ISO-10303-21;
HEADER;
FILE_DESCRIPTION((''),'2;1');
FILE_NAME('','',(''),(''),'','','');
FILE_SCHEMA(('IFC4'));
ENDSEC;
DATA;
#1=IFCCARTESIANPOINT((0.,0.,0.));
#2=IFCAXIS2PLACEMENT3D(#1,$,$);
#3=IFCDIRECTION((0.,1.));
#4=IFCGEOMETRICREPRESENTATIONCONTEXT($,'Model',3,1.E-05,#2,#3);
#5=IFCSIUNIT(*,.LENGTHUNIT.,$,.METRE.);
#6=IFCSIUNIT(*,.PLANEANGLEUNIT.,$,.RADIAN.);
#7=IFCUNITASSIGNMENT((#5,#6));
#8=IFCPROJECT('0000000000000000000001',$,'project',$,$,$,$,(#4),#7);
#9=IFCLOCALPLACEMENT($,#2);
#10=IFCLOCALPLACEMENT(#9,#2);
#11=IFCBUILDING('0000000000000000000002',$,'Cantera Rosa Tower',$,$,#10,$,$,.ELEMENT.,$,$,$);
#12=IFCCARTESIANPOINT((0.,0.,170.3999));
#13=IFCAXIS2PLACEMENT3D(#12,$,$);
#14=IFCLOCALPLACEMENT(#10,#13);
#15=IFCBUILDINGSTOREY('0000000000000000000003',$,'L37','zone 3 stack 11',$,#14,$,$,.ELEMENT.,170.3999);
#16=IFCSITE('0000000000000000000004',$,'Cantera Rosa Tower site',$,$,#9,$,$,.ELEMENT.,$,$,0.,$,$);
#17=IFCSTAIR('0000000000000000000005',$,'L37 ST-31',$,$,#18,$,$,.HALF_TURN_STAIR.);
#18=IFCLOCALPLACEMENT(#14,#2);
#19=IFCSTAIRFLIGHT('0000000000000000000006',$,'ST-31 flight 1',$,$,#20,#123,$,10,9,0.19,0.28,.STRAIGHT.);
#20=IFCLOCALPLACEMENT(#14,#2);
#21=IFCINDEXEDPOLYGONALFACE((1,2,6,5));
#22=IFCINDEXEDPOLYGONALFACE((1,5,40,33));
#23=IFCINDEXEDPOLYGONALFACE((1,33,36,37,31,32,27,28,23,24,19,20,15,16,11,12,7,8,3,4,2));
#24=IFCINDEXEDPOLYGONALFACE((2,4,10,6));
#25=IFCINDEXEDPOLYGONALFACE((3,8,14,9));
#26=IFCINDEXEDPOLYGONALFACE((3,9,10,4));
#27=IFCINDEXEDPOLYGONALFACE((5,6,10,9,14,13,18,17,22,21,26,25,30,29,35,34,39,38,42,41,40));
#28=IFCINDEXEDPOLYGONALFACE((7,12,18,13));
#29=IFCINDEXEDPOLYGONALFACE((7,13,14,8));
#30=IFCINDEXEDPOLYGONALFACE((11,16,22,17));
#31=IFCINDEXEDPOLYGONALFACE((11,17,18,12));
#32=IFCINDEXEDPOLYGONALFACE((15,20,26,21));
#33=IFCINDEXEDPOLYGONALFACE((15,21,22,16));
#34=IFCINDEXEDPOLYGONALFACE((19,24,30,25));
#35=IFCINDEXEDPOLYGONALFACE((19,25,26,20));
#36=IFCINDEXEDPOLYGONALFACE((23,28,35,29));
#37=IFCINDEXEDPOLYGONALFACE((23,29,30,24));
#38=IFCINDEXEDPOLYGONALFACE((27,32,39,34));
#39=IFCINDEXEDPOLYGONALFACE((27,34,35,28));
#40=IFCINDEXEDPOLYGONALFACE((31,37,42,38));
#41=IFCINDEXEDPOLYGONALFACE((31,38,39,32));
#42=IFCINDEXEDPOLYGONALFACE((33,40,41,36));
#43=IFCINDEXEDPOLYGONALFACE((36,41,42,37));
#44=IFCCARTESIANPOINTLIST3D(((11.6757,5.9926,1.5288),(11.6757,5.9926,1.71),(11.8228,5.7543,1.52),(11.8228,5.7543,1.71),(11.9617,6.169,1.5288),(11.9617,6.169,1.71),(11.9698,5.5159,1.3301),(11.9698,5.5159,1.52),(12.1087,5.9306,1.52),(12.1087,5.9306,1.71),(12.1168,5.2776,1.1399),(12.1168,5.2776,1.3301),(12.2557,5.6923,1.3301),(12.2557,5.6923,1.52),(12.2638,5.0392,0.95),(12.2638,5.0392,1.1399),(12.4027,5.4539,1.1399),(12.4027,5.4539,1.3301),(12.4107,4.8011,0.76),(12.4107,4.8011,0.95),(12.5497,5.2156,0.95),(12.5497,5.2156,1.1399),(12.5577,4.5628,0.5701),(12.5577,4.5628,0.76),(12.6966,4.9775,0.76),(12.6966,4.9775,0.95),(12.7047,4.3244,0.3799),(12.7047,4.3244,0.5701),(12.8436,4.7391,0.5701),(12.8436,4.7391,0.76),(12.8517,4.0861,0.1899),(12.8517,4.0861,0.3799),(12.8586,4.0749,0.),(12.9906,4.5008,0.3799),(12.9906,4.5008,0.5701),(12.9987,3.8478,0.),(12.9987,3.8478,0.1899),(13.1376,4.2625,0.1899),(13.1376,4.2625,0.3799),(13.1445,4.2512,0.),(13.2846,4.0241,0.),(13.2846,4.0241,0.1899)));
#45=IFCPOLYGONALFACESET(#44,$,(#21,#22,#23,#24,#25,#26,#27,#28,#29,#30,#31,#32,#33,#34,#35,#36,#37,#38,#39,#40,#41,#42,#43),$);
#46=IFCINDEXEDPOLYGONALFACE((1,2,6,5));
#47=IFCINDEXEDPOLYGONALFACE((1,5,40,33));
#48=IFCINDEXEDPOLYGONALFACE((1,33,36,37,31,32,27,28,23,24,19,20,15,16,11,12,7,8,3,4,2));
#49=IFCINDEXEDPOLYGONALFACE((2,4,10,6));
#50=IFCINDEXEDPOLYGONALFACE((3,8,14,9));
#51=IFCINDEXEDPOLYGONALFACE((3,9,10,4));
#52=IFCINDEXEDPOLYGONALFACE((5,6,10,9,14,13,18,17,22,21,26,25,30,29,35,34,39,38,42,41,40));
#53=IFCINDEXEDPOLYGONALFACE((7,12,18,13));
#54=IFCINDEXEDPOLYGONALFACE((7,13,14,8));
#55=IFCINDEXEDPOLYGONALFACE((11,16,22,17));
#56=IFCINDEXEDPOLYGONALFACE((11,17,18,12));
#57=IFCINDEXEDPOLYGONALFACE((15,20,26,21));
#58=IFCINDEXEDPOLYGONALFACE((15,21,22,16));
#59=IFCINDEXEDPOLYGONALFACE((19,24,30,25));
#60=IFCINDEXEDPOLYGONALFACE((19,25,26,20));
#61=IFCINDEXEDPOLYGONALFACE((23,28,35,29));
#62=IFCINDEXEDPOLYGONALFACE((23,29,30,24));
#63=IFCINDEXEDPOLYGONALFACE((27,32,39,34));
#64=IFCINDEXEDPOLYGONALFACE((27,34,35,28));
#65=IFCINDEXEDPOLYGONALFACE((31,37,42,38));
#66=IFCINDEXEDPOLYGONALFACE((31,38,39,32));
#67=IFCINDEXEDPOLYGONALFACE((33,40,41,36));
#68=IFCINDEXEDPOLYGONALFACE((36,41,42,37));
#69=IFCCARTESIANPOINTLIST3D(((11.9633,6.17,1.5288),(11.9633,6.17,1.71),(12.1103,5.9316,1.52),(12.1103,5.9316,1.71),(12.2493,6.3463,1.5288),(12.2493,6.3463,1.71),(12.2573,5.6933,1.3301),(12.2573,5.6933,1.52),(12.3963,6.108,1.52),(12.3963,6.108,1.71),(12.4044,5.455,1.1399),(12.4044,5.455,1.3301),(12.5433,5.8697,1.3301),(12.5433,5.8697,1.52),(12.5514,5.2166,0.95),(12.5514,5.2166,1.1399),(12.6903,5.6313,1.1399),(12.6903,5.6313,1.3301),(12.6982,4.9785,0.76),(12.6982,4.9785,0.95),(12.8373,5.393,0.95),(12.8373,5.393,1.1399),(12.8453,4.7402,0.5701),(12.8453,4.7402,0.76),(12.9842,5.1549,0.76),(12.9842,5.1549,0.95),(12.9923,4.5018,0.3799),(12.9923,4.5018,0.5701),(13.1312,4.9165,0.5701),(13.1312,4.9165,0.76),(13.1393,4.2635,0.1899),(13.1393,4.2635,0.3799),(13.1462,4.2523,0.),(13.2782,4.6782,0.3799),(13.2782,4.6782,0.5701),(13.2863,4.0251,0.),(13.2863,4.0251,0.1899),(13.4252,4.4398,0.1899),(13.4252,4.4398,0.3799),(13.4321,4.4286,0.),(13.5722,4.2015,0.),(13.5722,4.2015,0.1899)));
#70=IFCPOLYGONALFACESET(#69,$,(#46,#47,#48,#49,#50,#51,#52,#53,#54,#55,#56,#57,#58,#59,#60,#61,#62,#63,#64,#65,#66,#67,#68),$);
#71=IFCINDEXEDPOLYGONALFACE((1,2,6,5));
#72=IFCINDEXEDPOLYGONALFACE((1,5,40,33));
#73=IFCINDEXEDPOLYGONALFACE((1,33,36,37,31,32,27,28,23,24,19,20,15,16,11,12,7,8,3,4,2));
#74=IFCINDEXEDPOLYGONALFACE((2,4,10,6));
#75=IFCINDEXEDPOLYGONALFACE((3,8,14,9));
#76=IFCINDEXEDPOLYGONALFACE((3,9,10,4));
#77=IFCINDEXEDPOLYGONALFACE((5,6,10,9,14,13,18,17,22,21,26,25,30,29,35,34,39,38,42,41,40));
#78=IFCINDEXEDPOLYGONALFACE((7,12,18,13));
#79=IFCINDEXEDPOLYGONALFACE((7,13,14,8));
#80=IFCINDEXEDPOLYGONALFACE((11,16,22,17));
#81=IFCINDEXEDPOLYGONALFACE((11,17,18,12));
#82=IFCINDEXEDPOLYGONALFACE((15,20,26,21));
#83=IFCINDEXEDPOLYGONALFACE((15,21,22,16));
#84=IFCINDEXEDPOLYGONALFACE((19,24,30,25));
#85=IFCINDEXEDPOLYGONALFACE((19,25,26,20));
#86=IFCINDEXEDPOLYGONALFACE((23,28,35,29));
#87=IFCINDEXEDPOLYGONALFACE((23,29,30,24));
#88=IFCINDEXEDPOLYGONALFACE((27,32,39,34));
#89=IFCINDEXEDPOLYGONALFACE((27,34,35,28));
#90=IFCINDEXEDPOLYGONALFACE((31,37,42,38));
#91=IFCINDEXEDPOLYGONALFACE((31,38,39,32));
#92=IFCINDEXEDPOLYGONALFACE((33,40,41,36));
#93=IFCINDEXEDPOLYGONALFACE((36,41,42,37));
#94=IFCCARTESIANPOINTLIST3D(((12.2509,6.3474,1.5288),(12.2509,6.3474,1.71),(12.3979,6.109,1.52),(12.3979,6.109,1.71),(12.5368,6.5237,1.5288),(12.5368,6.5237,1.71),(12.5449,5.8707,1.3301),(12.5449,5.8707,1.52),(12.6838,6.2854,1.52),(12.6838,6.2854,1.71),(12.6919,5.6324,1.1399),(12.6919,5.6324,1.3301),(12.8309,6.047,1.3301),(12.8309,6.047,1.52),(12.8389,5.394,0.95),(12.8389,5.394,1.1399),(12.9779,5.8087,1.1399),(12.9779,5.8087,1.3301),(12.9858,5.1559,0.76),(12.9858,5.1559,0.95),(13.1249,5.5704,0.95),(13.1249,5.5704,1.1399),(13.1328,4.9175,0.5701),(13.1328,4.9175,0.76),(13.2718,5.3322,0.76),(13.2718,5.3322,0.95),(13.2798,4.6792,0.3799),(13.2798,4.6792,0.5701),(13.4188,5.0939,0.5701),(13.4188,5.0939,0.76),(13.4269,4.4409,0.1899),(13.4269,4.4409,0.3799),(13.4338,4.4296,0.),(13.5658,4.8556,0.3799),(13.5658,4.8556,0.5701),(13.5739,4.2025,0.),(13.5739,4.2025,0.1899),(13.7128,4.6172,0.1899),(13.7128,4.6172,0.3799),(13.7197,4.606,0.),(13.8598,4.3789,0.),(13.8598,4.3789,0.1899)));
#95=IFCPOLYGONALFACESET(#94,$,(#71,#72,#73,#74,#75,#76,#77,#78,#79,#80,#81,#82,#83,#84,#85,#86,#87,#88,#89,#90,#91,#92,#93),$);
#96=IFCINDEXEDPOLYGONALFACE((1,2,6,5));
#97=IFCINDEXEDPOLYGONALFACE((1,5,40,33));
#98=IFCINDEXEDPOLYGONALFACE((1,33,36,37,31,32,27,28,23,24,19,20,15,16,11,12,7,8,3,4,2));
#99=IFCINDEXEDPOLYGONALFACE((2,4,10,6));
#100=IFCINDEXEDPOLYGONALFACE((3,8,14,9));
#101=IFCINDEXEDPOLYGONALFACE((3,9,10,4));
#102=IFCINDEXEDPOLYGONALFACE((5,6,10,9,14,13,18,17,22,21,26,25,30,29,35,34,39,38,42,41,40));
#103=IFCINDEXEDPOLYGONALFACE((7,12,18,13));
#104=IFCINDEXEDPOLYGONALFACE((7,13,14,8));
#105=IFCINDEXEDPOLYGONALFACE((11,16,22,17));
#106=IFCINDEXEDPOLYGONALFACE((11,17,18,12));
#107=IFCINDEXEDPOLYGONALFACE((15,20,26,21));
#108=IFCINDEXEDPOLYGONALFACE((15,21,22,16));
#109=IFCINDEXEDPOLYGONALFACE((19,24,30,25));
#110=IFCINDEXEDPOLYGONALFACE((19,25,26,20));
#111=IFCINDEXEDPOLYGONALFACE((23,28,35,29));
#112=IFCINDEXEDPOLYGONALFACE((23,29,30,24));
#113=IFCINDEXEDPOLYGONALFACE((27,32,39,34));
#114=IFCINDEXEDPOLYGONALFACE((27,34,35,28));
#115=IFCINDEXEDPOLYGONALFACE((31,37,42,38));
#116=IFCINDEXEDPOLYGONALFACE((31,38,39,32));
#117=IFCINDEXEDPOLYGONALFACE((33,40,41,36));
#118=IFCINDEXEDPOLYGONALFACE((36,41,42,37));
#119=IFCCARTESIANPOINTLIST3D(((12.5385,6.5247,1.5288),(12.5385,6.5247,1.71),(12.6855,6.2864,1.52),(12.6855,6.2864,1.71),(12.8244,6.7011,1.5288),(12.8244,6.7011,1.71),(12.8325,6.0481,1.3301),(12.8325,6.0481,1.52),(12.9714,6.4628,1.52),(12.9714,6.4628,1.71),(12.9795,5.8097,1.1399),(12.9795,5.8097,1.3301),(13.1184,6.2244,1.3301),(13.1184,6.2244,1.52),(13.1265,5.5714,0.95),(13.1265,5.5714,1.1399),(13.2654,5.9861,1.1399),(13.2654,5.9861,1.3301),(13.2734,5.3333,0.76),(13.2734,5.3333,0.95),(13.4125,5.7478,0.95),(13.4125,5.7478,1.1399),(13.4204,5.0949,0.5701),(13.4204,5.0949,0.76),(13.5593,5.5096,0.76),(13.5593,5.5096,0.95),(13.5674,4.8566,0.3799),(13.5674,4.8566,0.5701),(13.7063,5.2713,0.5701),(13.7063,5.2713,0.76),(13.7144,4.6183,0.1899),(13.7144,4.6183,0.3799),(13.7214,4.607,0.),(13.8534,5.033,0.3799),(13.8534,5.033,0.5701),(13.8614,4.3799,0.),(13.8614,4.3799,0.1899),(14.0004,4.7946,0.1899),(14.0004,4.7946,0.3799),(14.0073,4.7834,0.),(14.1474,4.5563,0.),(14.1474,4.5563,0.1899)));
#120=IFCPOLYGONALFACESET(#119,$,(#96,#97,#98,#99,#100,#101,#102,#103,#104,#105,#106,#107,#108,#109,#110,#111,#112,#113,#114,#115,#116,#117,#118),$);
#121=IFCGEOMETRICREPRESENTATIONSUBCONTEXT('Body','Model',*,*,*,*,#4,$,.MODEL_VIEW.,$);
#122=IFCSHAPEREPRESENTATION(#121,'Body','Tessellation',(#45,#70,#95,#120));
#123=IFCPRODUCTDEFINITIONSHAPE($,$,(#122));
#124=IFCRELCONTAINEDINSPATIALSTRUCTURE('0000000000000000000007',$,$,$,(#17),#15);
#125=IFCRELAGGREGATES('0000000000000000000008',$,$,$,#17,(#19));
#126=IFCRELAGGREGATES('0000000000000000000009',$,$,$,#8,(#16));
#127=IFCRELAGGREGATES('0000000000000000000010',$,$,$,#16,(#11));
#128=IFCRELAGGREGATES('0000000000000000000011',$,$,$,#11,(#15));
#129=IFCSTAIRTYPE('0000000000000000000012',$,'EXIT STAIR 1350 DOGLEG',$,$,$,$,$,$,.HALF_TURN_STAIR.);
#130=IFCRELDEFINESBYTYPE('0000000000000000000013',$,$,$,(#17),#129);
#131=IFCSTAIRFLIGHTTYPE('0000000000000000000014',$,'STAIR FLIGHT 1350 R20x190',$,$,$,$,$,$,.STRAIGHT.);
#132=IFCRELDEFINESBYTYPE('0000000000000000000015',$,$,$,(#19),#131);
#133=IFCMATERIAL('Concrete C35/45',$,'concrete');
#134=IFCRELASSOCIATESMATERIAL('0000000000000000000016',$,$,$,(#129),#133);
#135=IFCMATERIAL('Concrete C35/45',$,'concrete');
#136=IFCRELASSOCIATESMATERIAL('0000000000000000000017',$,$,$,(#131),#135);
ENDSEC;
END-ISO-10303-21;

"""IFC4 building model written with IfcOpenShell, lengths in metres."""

from ifc_helpers import new_model, si_unit, direction, frame, origin, place, context, subcontext, project, spatial, polyline, outline, extrude, material, type_object, element, aggregate, save


model = new_model("IFC4")

# Units and contexts
model_context = context("Model", 3, precision=1e-05, world=origin(), true_north=direction((0.0, 1.0)))
body_context = subcontext(model_context, "Body", "Model", "MODEL_VIEW")
ifc_project = project(units=[si_unit("LENGTHUNIT", "METRE"), si_unit("PLANEANGLEUNIT", "RADIAN")], contexts=[model_context])

# Site, building, storey
site_placement = place(None, origin())
site = spatial("IfcSite", under=ifc_project, at=site_placement, Name="Cantera Rosa Tower site", CompositionType="ELEMENT", RefElevation=0.0)
building_placement = place(site_placement, origin())
building = spatial("IfcBuilding", under=site, at=building_placement, Name="Cantera Rosa Tower", CompositionType="ELEMENT")
storey_placement = place(building_placement, frame((0.0, 0.0, 170.3999)))
storey = spatial("IfcBuildingStorey", under=building, at=storey_placement, Name="L37", Description="zone 3 stack 11", CompositionType="ELEMENT", Elevation=170.3999)

# Stair, stair flight
ifc_material_1 = material(Name="Concrete C35/45", Category="concrete")
stair_type = type_object("IfcStairType", Name="EXIT STAIR 1350 DOGLEG", PredefinedType="HALF_TURN_STAIR", material=ifc_material_1)
stair_placement = place(storey_placement, origin())
stair = element("IfcStair", 1, at=stair_placement, inside=storey, type_object=stair_type, Name="L37 ST-31", PredefinedType="HALF_TURN_STAIR")
ifc_material_2 = material(Name="Concrete C35/45", Category="concrete")
stair_flight_type = type_object("IfcStairFlightType", Name="STAIR FLIGHT 1350 R20x190", PredefinedType="STRAIGHT", material=ifc_material_2)
stair_flight_1_placement = place(storey_placement, frame((13.5732, 4.2021, 0.0), z_axis=(0.0, 0.0, 1.0), x_axis=(-0.524977, 0.851117, 0.0)))
stair_flight_1 = element("IfcStairFlight", 2, at=stair_flight_1_placement, type_object=stair_flight_type, Name="ST-31 flight 1", NumberOfRisers=10, NumberOfTreads=9, PredefinedType="STRAIGHT", RiserHeight=0.19, TreadLength=0.28, context=body_context, shape_type="SweptSolid", body=[
    extrude(outline(polyline([(0.0, 0.0), (0.0, 0.1899), (0.28, 0.1899), (0.28, 0.3799), (0.5601, 0.3799), (0.5601, 0.5701), (0.8401, 0.5701), (0.8401, 0.76), (1.1201, 0.76), (1.1201, 0.95), (1.3999, 0.95), (1.3999, 1.1399), (1.6799, 1.1399), (1.6799, 1.3301), (1.96, 1.3301), (1.96, 1.52), (2.24, 1.52), (2.24, 1.71), (2.52, 1.71), (2.52, 1.8999), (2.52, 1.5288), (0.2668, 0.0), (0.0, 0.0)])), frame((0.0, 0.675, 0.0), z_axis=(0.0, -1.0, 0.0), x_axis=(1.0, 0.0, 0.0)), (0.0, 0.0, 1.0), 0.3359),
    extrude(outline(polyline([(0.0, 0.0), (0.0, 0.1899), (0.28, 0.1899), (0.28, 0.3799), (0.5601, 0.3799), (0.5601, 0.5701), (0.8401, 0.5701), (0.8401, 0.76), (1.1201, 0.76), (1.1201, 0.95), (1.3999, 0.95), (1.3999, 1.1399), (1.6799, 1.1399), (1.6799, 1.3301), (1.96, 1.3301), (1.96, 1.52), (2.24, 1.52), (2.24, 1.71), (2.52, 1.71), (2.52, 1.8999), (2.52, 1.5288), (0.2668, 0.0), (0.0, 0.0)])), frame((0.0, 0.3372, 0.0), z_axis=(0.0, -1.0, 0.0), x_axis=(1.0, 0.0, 0.0)), (0.0, 0.0, 1.0), 0.3359),
    extrude(outline(polyline([(0.0, 0.0), (0.0, 0.1899), (0.28, 0.1899), (0.28, 0.3799), (0.5601, 0.3799), (0.5601, 0.5701), (0.8401, 0.5701), (0.8401, 0.76), (1.1201, 0.76), (1.1201, 0.95), (1.3999, 0.95), (1.3999, 1.1399), (1.6799, 1.1399), (1.6799, 1.3301), (1.96, 1.3301), (1.96, 1.52), (2.24, 1.52), (2.24, 1.71), (2.52, 1.71), (2.52, 1.8999), (2.52, 1.5288), (0.2668, 0.0), (0.0, 0.0)])), frame((0.0, -0.0007, 0.0), z_axis=(0.0, -1.0, 0.0), x_axis=(1.0, 0.0, 0.0)), (0.0, 0.0, 1.0), 0.3359),
    extrude(outline(polyline([(0.0, 0.0), (0.0, 0.1899), (0.28, 0.1899), (0.28, 0.3799), (0.5601, 0.3799), (0.5601, 0.5701), (0.8401, 0.5701), (0.8401, 0.76), (1.1201, 0.76), (1.1201, 0.95), (1.3999, 0.95), (1.3999, 1.1399), (1.6799, 1.1399), (1.6799, 1.3301), (1.96, 1.3301), (1.96, 1.52), (2.24, 1.52), (2.24, 1.71), (2.52, 1.71), (2.52, 1.8999), (2.52, 1.5288), (0.2668, 0.0), (0.0, 0.0)])), frame((0.0, -0.3386, 0.0), z_axis=(0.0, -1.0, 0.0), x_axis=(1.0, 0.0, 0.0)), (0.0, 0.0, 1.0), 0.3359),
])
aggregate(stair, [stair_flight_1])

save(model, "model.ifc")
